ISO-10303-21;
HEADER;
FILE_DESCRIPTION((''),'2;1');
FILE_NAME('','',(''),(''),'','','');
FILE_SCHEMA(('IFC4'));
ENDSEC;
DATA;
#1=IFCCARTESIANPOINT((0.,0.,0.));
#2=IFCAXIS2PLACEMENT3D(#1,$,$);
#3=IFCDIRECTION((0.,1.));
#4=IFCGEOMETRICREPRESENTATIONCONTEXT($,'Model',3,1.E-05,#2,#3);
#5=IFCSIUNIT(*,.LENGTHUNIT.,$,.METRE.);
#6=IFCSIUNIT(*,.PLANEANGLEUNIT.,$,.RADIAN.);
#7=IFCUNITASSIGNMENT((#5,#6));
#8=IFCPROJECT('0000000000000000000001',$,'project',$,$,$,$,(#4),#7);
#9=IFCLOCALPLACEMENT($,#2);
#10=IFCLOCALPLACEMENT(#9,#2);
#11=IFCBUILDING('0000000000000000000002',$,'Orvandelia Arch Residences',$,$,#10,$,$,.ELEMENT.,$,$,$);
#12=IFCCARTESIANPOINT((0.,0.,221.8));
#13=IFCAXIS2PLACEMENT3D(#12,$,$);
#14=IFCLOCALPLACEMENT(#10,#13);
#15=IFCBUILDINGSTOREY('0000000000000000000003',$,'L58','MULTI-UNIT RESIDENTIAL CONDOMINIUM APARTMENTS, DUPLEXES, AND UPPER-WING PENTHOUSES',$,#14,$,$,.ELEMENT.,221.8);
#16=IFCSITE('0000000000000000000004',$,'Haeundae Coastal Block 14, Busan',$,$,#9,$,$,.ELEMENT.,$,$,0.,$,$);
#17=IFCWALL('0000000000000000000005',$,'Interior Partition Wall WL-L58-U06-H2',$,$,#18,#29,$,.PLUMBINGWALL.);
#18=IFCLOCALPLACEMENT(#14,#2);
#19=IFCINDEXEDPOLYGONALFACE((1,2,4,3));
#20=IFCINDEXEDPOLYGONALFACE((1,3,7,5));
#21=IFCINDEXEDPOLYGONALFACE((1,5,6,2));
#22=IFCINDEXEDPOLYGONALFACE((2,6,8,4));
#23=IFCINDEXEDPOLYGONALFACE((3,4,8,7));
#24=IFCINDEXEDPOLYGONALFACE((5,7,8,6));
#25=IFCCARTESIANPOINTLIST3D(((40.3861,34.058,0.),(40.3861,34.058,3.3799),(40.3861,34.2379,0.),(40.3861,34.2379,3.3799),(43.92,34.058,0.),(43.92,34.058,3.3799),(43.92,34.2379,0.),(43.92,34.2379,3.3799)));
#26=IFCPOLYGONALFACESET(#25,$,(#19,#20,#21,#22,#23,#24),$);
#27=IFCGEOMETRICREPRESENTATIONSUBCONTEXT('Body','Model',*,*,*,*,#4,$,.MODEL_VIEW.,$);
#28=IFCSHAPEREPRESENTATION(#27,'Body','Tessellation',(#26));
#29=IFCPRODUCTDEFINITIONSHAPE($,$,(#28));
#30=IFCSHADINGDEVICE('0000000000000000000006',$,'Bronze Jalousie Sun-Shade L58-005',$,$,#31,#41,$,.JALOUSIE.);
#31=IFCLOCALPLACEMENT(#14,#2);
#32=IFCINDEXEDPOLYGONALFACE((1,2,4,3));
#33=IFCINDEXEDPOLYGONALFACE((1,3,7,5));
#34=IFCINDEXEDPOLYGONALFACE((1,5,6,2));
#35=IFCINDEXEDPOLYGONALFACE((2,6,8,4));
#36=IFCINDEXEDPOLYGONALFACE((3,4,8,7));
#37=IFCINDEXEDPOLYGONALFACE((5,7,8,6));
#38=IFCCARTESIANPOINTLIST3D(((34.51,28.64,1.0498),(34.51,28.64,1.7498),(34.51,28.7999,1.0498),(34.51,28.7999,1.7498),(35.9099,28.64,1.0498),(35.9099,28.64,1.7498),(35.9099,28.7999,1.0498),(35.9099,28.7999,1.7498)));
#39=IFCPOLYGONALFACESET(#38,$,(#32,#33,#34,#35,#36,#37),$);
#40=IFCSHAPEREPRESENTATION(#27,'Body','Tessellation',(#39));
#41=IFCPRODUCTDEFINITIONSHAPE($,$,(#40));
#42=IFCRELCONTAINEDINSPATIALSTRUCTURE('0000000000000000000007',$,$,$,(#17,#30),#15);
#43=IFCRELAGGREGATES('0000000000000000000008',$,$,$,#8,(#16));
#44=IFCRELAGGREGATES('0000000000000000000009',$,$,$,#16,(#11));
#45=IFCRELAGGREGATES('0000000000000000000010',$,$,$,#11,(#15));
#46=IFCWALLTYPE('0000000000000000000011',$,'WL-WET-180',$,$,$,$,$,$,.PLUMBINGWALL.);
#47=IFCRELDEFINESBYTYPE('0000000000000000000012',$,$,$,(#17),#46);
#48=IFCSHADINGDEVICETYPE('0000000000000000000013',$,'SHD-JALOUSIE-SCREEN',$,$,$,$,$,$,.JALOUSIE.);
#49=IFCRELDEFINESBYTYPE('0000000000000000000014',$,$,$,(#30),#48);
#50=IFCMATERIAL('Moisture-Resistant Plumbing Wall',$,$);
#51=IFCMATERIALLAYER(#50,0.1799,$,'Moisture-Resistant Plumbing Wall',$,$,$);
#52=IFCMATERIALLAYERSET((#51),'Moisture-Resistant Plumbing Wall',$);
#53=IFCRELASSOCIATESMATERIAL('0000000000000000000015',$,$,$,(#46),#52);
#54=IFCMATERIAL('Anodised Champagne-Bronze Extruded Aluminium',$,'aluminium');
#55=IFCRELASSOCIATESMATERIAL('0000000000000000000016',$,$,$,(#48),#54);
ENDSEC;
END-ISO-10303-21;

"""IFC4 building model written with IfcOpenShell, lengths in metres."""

from ifc_helpers import new_model, si_unit, direction, frame, frame_2d, origin, origin_2d, place, context, subcontext, project, spatial, rectangle, extrude, material, layer, layer_set, type_object, element, save


model = new_model("IFC4")

# Units and contexts
model_context = context("Model", 3, precision=1e-05, world=origin(), true_north=direction((0.0, 1.0)))
body_context = subcontext(model_context, "Body", "Model", "MODEL_VIEW")
ifc_project = project(units=[si_unit("LENGTHUNIT", "METRE"), si_unit("PLANEANGLEUNIT", "RADIAN")], contexts=[model_context])

# Site, building, storey
site_placement = place(None, origin())
site = spatial("IfcSite", under=ifc_project, at=site_placement, Name="Haeundae Coastal Block 14, Busan", CompositionType="ELEMENT", RefElevation=0.0)
building_placement = place(site_placement, origin())
building = spatial("IfcBuilding", under=site, at=building_placement, Name="Orvandelia Arch Residences", CompositionType="ELEMENT")
storey_placement = place(building_placement, frame((0.0, 0.0, 221.8)))
storey = spatial("IfcBuildingStorey", under=building, at=storey_placement, Name="L58", Description="MULTI-UNIT RESIDENTIAL CONDOMINIUM APARTMENTS, DUPLEXES, AND UPPER-WING PENTHOUSES", CompositionType="ELEMENT", Elevation=221.8)

# Shared definitions
ifc_material_1 = material(Name="Moisture-Resistant Plumbing Wall")
ifc_layer_1 = layer(ifc_material_1, 0.1799, Name="Moisture-Resistant Plumbing Wall")
ifc_layer_set_1 = layer_set([ifc_layer_1], Name="Moisture-Resistant Plumbing Wall")
wall_type_1 = type_object("IfcWallType", Name="WL-WET-180", PredefinedType="PLUMBINGWALL", material=ifc_layer_set_1)

# Wall
wall_1_placement = place(storey_placement, frame((40.386, 34.1479, 0.0), z_axis=(0.0, 0.0, 1.0), x_axis=(1.0, 0.0, 0.0)))
element("IfcWall", 1, at=wall_1_placement, inside=storey, type_object=wall_type_1, Name="Interior Partition Wall WL-L58-U06-H2", PredefinedType="PLUMBINGWALL", context=body_context, shape_type="SweptSolid", body=[
    extrude(rectangle(XDim=3.5339, YDim=0.1799, at=frame_2d((1.7671, 0.0))), origin(), (0.0, 0.0, 1.0), 3.3799),
])

# Shading device
ifc_material_2 = material(Name="Anodised Champagne-Bronze Extruded Aluminium", Category="aluminium")
shading_device_type = type_object("IfcShadingDeviceType", Name="SHD-JALOUSIE-SCREEN", PredefinedType="JALOUSIE", material=ifc_material_2)
shading_device_placement = place(storey_placement, frame((35.21, 28.72, 1.0498), z_axis=(0.0, 0.0, 1.0), x_axis=(-1.0, 0.0, 0.0)))
element("IfcShadingDevice", 2, at=shading_device_placement, inside=storey, type_object=shading_device_type, Name="Bronze Jalousie Sun-Shade L58-005", PredefinedType="JALOUSIE", context=body_context, shape_type="SweptSolid", body=[
    extrude(rectangle(XDim=1.3999, YDim=0.1599, at=origin_2d()), origin(), (0.0, 0.0, 1.0), 0.7),
])

save(model, "model.ifc")
